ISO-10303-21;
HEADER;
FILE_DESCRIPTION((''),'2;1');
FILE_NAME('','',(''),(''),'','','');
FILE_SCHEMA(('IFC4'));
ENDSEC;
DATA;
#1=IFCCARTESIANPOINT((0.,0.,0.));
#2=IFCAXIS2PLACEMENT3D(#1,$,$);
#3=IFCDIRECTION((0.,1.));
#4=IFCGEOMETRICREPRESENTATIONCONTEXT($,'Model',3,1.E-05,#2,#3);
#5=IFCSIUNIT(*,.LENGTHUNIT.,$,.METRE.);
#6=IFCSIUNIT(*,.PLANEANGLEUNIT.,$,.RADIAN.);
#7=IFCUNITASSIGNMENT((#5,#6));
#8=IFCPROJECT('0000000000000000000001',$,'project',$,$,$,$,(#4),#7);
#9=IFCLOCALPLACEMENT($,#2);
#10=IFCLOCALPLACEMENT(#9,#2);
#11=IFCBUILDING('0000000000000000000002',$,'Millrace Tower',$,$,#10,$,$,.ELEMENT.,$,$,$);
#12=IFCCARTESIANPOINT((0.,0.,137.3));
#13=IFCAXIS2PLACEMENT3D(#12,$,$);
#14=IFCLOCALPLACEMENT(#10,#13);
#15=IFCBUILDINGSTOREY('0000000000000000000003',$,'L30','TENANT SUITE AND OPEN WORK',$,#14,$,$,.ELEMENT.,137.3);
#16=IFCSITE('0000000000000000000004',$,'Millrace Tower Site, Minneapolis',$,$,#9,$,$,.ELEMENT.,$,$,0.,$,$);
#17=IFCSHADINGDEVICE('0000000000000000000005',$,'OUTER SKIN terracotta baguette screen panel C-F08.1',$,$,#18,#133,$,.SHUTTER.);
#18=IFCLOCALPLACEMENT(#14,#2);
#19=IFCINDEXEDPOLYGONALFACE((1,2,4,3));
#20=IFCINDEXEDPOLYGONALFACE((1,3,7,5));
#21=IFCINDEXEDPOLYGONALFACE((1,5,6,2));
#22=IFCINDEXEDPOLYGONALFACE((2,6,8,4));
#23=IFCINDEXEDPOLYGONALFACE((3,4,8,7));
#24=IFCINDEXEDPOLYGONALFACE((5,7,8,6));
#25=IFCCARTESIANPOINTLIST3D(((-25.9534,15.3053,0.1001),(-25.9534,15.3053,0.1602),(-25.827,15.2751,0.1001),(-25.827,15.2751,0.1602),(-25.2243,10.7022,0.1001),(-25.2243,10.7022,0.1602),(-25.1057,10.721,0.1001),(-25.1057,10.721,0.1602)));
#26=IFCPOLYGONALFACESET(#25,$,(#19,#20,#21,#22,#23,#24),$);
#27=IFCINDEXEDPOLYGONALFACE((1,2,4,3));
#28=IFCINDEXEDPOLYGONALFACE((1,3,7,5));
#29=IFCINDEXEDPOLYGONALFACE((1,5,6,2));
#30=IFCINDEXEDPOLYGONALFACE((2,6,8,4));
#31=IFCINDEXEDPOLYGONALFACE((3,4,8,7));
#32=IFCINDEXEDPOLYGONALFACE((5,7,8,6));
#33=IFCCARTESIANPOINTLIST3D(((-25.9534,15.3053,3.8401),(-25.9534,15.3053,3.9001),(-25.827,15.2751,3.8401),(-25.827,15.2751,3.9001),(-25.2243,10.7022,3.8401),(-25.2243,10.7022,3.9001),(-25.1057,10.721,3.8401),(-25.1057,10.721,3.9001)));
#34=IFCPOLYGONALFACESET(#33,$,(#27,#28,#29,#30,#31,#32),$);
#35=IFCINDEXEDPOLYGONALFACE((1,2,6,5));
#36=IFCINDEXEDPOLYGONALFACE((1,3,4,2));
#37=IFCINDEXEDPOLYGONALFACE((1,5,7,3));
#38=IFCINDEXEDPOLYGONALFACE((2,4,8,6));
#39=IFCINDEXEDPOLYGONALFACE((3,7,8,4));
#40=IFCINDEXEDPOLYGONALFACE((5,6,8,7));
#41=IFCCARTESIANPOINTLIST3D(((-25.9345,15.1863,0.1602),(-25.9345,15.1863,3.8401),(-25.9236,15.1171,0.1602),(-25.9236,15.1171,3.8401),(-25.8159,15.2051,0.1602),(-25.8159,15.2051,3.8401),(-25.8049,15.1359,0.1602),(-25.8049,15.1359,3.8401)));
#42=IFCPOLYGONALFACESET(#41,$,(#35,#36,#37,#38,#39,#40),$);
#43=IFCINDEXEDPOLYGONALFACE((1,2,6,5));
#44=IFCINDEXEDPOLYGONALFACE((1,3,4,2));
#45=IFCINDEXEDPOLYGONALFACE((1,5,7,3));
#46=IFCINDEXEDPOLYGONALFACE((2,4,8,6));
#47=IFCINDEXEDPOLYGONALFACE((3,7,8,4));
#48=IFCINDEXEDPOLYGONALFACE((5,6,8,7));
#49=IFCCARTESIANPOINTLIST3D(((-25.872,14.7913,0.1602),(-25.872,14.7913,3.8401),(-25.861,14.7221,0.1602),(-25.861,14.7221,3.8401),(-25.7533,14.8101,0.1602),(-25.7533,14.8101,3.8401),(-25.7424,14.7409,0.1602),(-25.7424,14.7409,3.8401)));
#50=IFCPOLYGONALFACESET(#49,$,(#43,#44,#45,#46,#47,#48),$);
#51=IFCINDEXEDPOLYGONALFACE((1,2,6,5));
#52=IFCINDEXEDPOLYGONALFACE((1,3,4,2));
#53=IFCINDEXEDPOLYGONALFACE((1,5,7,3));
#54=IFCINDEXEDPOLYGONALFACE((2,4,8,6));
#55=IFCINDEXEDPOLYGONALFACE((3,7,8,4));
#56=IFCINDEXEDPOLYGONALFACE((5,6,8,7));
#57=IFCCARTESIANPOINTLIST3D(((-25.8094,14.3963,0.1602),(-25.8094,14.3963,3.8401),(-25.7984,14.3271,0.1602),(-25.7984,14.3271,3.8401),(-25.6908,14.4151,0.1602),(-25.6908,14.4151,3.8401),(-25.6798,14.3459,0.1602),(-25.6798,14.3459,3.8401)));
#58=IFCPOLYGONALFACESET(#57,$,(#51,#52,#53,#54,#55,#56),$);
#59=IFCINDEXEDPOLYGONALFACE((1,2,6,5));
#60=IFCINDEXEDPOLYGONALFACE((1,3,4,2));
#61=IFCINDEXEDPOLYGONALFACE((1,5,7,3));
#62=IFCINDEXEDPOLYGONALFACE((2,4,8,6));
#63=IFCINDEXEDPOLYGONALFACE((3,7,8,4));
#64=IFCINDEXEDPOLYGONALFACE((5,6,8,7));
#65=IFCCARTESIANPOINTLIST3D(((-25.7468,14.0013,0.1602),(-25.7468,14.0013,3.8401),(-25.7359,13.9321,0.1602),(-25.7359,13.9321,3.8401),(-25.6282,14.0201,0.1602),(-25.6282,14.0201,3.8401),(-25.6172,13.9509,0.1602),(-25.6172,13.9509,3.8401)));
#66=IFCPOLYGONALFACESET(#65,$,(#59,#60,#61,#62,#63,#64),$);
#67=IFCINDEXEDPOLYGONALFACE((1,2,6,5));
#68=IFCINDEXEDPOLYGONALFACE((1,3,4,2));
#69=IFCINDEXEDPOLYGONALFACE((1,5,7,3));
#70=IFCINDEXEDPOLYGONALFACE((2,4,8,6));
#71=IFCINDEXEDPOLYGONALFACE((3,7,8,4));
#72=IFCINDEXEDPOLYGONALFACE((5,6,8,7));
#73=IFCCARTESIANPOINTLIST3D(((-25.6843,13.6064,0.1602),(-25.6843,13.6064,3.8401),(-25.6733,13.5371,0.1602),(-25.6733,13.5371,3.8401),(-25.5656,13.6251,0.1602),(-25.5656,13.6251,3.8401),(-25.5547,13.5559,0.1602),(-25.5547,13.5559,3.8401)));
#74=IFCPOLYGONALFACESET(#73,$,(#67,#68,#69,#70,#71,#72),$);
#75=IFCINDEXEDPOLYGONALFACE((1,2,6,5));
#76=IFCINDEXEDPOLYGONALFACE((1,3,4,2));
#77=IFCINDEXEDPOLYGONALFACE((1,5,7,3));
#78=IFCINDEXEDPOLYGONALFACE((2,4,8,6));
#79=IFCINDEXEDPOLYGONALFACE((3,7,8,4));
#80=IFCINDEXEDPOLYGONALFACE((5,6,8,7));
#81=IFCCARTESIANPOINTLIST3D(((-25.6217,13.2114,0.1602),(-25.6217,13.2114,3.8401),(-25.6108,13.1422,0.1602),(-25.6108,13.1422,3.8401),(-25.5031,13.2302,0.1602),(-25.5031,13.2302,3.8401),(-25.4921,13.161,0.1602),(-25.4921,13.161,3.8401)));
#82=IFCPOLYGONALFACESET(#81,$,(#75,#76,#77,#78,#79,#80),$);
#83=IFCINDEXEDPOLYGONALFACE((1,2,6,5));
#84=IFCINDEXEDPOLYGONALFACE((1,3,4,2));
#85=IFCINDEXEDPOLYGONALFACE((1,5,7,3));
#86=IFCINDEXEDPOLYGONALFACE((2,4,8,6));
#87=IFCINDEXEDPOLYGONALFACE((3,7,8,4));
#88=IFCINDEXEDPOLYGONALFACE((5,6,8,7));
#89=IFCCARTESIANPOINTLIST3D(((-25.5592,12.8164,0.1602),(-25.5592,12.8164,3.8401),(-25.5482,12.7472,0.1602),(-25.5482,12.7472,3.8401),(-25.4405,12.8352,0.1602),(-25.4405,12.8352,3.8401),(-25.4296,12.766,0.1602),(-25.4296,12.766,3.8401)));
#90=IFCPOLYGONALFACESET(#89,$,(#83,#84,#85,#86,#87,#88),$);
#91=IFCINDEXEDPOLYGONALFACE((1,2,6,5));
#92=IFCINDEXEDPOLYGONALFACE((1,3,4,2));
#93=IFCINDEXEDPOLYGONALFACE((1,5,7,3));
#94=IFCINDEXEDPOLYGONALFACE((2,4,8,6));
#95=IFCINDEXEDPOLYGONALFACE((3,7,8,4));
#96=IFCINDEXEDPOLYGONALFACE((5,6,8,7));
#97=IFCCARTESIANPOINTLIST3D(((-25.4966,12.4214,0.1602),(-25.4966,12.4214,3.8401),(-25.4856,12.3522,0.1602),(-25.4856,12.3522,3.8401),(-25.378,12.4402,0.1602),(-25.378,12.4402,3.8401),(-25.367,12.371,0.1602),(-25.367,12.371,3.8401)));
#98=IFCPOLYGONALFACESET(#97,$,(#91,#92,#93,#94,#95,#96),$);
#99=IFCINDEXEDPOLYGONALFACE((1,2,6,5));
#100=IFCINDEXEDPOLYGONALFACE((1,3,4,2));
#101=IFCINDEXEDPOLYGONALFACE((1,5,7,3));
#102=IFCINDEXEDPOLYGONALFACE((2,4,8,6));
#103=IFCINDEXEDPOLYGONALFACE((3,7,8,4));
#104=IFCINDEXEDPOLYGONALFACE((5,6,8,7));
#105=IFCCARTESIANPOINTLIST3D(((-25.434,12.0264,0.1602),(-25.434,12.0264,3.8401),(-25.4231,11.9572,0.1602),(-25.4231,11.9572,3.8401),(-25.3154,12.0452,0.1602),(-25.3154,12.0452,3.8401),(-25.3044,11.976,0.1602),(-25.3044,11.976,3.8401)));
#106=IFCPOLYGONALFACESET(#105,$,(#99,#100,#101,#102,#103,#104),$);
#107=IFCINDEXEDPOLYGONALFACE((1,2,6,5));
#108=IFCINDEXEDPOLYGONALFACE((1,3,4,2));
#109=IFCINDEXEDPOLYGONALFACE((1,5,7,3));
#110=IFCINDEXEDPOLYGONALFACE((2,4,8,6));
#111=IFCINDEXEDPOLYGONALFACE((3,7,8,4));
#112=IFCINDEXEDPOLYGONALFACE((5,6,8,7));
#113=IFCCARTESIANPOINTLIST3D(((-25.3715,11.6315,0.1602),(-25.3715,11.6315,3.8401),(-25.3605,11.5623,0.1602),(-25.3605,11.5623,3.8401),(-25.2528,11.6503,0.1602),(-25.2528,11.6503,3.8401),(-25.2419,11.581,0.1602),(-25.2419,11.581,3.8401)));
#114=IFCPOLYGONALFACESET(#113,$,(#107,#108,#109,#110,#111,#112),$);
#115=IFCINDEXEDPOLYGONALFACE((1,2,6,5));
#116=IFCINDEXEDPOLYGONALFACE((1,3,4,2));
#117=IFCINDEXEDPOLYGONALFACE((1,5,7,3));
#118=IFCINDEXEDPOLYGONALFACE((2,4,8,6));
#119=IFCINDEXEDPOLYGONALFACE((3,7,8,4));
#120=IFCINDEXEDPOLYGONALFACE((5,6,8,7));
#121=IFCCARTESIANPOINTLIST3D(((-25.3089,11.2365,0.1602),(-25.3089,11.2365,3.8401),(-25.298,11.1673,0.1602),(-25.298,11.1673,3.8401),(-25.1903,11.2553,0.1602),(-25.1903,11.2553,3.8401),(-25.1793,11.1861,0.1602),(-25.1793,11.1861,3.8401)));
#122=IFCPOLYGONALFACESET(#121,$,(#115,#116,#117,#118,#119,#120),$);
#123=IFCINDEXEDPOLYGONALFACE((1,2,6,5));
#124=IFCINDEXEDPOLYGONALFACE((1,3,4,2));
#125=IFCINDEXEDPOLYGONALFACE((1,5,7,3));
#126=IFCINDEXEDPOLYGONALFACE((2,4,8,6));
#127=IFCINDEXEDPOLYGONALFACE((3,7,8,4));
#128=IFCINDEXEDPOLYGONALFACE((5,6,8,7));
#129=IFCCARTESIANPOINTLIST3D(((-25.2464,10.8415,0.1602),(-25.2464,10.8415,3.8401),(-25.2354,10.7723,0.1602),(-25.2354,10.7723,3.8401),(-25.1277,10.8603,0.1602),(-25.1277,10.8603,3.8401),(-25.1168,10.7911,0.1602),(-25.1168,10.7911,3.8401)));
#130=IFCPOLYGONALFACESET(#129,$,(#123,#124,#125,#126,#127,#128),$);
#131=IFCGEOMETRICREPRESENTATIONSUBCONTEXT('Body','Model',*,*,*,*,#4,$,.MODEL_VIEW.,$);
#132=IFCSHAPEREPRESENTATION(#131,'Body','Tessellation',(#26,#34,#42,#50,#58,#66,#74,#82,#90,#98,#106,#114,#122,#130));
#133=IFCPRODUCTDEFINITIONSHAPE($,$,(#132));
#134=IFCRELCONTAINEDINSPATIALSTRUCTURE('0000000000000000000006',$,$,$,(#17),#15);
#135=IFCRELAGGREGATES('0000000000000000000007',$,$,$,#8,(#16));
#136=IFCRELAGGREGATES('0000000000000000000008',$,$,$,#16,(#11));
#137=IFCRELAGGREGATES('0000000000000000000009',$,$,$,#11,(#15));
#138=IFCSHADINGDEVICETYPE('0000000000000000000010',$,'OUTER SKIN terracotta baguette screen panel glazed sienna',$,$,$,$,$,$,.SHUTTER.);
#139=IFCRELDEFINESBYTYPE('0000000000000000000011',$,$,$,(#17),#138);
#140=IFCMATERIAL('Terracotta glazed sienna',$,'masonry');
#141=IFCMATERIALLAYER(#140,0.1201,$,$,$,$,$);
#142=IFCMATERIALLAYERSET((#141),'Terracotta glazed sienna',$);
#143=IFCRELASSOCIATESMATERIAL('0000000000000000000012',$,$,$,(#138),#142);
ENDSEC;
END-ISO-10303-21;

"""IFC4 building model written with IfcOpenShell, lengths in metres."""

from ifc_helpers import new_model, entity, si_unit, direction, frame, frame_2d, origin, place, context, subcontext, project, spatial, rectangle, extrude, source, transform, mapped, material, layer, layer_set, type_object, element, save


model = new_model("IFC4")

# Units and contexts
model_context = context("Model", 3, precision=1e-05, world=origin(), true_north=direction((0.0, 1.0)))
body_context = subcontext(model_context, "Body", "Model", "MODEL_VIEW")
ifc_project = project(units=[si_unit("LENGTHUNIT", "METRE"), si_unit("PLANEANGLEUNIT", "RADIAN")], contexts=[model_context])

# Site, building, storey
site_placement = place(None, origin())
site = spatial("IfcSite", under=ifc_project, at=site_placement, Name="Millrace Tower Site, Minneapolis", CompositionType="ELEMENT", RefElevation=0.0)
building_placement = place(site_placement, origin())
building = spatial("IfcBuilding", under=site, at=building_placement, Name="Millrace Tower", CompositionType="ELEMENT")
storey_placement = place(building_placement, frame((0.0, 0.0, 137.3)))
storey = spatial("IfcBuildingStorey", under=building, at=storey_placement, Name="L30", Description="TENANT SUITE AND OPEN WORK", CompositionType="ELEMENT", Elevation=137.3)

# Shading device
ifc_material_1 = material(Name="Terracotta glazed sienna", Category="masonry")
ifc_layer_1 = layer(ifc_material_1, 0.1201)
ifc_layer_set_1 = layer_set([ifc_layer_1], Name="Terracotta glazed sienna")
shading_device_type = type_object("IfcShadingDeviceType", Name="OUTER SKIN terracotta baguette screen panel glazed sienna", PredefinedType="SHUTTER", material=ifc_layer_set_1)
cartesian_point_1 = entity("IfcCartesianPoint", [-2.293, 0.0601])
shared_polyline_1 = entity("IfcPolyline", [cartesian_point_1, entity("IfcCartesianPoint", [2.3179, 0.0601]), entity("IfcCartesianPoint", [2.3179, -0.0601]), entity("IfcCartesianPoint", [-2.3425, -0.0601]), cartesian_point_1])
shared_shape_1 = source(origin(), body_context, "Body", "SweptSolid", [
    entity("IfcExtrudedAreaSolid", entity("IfcArbitraryClosedProfileDef", "AREA", None, shared_polyline_1), entity("IfcAxis2Placement3D", entity("IfcCartesianPoint", [0.0, 0.0, 0.0])), entity("IfcDirection", [0.0, 0.0, 1.0]), 0.0601),
    entity("IfcExtrudedAreaSolid", entity("IfcArbitraryClosedProfileDef", "AREA", None, shared_polyline_1), entity("IfcAxis2Placement3D", entity("IfcCartesianPoint", [0.0, 0.0, 3.74])), entity("IfcDirection", [0.0, 0.0, 1.0]), 0.0601),
    extrude(rectangle(XDim=0.0701, YDim=0.1201, at=frame_2d((-2.187, 0.0))), frame((0.0, 0.0, 0.0601)), (0.0, 0.0, 1.0), 3.6799),
    extrude(rectangle(XDim=0.0701, YDim=0.1201, at=frame_2d((-1.7871, 0.0))), frame((0.0, 0.0, 0.0601)), (0.0, 0.0, 1.0), 3.6799),
    extrude(rectangle(XDim=0.0701, YDim=0.1201, at=frame_2d((-1.3872, 0.0))), frame((0.0, 0.0, 0.0601)), (0.0, 0.0, 1.0), 3.6799),
    extrude(rectangle(XDim=0.0701, YDim=0.1201, at=frame_2d((-0.9873, 0.0))), frame((0.0, 0.0, 0.0601)), (0.0, 0.0, 1.0), 3.6799),
    extrude(rectangle(XDim=0.0701, YDim=0.1201, at=frame_2d((-0.5874, 0.0))), frame((0.0, 0.0, 0.0601)), (0.0, 0.0, 1.0), 3.6799),
    extrude(rectangle(XDim=0.0701, YDim=0.1201, at=frame_2d((-0.1875, 0.0))), frame((0.0, 0.0, 0.0601)), (0.0, 0.0, 1.0), 3.6799),
    extrude(rectangle(XDim=0.0701, YDim=0.1201, at=frame_2d((0.2124, 0.0))), frame((0.0, 0.0, 0.0601)), (0.0, 0.0, 1.0), 3.6799),
    extrude(rectangle(XDim=0.0701, YDim=0.1201, at=frame_2d((0.6123, 0.0))), frame((0.0, 0.0, 0.0601)), (0.0, 0.0, 1.0), 3.6799),
    extrude(rectangle(XDim=0.0701, YDim=0.1201, at=frame_2d((1.0122, 0.0))), frame((0.0, 0.0, 0.0601)), (0.0, 0.0, 1.0), 3.6799),
    extrude(rectangle(XDim=0.0701, YDim=0.1201, at=frame_2d((1.4121, 0.0))), frame((0.0, 0.0, 0.0601)), (0.0, 0.0, 1.0), 3.6799),
    extrude(rectangle(XDim=0.0701, YDim=0.1201, at=frame_2d((1.812, 0.0))), frame((0.0, 0.0, 0.0601)), (0.0, 0.0, 1.0), 3.6799),
    extrude(rectangle(XDim=0.0701, YDim=0.1201, at=frame_2d((2.2119, 0.0))), frame((0.0, 0.0, 0.0601)), (0.0, 0.0, 1.0), 3.6799),
])
shading_device_1_placement = place(storey_placement, frame((-25.5276, 13.001, 0.1001), z_axis=(0.0, 0.0, 1.0), x_axis=(0.156434, -0.987688, 0.0)))
element("IfcShadingDevice", 1, at=shading_device_1_placement, inside=storey, type_object=shading_device_type, Name="OUTER SKIN terracotta baguette screen panel C-F08.1", PredefinedType="SHUTTER", context=body_context, shape_type="MappedRepresentation", body=[
    mapped(shared_shape_1, transform((0.0, 0.0, 0.0), scale=1.0)),
])

save(model, "model.ifc")
